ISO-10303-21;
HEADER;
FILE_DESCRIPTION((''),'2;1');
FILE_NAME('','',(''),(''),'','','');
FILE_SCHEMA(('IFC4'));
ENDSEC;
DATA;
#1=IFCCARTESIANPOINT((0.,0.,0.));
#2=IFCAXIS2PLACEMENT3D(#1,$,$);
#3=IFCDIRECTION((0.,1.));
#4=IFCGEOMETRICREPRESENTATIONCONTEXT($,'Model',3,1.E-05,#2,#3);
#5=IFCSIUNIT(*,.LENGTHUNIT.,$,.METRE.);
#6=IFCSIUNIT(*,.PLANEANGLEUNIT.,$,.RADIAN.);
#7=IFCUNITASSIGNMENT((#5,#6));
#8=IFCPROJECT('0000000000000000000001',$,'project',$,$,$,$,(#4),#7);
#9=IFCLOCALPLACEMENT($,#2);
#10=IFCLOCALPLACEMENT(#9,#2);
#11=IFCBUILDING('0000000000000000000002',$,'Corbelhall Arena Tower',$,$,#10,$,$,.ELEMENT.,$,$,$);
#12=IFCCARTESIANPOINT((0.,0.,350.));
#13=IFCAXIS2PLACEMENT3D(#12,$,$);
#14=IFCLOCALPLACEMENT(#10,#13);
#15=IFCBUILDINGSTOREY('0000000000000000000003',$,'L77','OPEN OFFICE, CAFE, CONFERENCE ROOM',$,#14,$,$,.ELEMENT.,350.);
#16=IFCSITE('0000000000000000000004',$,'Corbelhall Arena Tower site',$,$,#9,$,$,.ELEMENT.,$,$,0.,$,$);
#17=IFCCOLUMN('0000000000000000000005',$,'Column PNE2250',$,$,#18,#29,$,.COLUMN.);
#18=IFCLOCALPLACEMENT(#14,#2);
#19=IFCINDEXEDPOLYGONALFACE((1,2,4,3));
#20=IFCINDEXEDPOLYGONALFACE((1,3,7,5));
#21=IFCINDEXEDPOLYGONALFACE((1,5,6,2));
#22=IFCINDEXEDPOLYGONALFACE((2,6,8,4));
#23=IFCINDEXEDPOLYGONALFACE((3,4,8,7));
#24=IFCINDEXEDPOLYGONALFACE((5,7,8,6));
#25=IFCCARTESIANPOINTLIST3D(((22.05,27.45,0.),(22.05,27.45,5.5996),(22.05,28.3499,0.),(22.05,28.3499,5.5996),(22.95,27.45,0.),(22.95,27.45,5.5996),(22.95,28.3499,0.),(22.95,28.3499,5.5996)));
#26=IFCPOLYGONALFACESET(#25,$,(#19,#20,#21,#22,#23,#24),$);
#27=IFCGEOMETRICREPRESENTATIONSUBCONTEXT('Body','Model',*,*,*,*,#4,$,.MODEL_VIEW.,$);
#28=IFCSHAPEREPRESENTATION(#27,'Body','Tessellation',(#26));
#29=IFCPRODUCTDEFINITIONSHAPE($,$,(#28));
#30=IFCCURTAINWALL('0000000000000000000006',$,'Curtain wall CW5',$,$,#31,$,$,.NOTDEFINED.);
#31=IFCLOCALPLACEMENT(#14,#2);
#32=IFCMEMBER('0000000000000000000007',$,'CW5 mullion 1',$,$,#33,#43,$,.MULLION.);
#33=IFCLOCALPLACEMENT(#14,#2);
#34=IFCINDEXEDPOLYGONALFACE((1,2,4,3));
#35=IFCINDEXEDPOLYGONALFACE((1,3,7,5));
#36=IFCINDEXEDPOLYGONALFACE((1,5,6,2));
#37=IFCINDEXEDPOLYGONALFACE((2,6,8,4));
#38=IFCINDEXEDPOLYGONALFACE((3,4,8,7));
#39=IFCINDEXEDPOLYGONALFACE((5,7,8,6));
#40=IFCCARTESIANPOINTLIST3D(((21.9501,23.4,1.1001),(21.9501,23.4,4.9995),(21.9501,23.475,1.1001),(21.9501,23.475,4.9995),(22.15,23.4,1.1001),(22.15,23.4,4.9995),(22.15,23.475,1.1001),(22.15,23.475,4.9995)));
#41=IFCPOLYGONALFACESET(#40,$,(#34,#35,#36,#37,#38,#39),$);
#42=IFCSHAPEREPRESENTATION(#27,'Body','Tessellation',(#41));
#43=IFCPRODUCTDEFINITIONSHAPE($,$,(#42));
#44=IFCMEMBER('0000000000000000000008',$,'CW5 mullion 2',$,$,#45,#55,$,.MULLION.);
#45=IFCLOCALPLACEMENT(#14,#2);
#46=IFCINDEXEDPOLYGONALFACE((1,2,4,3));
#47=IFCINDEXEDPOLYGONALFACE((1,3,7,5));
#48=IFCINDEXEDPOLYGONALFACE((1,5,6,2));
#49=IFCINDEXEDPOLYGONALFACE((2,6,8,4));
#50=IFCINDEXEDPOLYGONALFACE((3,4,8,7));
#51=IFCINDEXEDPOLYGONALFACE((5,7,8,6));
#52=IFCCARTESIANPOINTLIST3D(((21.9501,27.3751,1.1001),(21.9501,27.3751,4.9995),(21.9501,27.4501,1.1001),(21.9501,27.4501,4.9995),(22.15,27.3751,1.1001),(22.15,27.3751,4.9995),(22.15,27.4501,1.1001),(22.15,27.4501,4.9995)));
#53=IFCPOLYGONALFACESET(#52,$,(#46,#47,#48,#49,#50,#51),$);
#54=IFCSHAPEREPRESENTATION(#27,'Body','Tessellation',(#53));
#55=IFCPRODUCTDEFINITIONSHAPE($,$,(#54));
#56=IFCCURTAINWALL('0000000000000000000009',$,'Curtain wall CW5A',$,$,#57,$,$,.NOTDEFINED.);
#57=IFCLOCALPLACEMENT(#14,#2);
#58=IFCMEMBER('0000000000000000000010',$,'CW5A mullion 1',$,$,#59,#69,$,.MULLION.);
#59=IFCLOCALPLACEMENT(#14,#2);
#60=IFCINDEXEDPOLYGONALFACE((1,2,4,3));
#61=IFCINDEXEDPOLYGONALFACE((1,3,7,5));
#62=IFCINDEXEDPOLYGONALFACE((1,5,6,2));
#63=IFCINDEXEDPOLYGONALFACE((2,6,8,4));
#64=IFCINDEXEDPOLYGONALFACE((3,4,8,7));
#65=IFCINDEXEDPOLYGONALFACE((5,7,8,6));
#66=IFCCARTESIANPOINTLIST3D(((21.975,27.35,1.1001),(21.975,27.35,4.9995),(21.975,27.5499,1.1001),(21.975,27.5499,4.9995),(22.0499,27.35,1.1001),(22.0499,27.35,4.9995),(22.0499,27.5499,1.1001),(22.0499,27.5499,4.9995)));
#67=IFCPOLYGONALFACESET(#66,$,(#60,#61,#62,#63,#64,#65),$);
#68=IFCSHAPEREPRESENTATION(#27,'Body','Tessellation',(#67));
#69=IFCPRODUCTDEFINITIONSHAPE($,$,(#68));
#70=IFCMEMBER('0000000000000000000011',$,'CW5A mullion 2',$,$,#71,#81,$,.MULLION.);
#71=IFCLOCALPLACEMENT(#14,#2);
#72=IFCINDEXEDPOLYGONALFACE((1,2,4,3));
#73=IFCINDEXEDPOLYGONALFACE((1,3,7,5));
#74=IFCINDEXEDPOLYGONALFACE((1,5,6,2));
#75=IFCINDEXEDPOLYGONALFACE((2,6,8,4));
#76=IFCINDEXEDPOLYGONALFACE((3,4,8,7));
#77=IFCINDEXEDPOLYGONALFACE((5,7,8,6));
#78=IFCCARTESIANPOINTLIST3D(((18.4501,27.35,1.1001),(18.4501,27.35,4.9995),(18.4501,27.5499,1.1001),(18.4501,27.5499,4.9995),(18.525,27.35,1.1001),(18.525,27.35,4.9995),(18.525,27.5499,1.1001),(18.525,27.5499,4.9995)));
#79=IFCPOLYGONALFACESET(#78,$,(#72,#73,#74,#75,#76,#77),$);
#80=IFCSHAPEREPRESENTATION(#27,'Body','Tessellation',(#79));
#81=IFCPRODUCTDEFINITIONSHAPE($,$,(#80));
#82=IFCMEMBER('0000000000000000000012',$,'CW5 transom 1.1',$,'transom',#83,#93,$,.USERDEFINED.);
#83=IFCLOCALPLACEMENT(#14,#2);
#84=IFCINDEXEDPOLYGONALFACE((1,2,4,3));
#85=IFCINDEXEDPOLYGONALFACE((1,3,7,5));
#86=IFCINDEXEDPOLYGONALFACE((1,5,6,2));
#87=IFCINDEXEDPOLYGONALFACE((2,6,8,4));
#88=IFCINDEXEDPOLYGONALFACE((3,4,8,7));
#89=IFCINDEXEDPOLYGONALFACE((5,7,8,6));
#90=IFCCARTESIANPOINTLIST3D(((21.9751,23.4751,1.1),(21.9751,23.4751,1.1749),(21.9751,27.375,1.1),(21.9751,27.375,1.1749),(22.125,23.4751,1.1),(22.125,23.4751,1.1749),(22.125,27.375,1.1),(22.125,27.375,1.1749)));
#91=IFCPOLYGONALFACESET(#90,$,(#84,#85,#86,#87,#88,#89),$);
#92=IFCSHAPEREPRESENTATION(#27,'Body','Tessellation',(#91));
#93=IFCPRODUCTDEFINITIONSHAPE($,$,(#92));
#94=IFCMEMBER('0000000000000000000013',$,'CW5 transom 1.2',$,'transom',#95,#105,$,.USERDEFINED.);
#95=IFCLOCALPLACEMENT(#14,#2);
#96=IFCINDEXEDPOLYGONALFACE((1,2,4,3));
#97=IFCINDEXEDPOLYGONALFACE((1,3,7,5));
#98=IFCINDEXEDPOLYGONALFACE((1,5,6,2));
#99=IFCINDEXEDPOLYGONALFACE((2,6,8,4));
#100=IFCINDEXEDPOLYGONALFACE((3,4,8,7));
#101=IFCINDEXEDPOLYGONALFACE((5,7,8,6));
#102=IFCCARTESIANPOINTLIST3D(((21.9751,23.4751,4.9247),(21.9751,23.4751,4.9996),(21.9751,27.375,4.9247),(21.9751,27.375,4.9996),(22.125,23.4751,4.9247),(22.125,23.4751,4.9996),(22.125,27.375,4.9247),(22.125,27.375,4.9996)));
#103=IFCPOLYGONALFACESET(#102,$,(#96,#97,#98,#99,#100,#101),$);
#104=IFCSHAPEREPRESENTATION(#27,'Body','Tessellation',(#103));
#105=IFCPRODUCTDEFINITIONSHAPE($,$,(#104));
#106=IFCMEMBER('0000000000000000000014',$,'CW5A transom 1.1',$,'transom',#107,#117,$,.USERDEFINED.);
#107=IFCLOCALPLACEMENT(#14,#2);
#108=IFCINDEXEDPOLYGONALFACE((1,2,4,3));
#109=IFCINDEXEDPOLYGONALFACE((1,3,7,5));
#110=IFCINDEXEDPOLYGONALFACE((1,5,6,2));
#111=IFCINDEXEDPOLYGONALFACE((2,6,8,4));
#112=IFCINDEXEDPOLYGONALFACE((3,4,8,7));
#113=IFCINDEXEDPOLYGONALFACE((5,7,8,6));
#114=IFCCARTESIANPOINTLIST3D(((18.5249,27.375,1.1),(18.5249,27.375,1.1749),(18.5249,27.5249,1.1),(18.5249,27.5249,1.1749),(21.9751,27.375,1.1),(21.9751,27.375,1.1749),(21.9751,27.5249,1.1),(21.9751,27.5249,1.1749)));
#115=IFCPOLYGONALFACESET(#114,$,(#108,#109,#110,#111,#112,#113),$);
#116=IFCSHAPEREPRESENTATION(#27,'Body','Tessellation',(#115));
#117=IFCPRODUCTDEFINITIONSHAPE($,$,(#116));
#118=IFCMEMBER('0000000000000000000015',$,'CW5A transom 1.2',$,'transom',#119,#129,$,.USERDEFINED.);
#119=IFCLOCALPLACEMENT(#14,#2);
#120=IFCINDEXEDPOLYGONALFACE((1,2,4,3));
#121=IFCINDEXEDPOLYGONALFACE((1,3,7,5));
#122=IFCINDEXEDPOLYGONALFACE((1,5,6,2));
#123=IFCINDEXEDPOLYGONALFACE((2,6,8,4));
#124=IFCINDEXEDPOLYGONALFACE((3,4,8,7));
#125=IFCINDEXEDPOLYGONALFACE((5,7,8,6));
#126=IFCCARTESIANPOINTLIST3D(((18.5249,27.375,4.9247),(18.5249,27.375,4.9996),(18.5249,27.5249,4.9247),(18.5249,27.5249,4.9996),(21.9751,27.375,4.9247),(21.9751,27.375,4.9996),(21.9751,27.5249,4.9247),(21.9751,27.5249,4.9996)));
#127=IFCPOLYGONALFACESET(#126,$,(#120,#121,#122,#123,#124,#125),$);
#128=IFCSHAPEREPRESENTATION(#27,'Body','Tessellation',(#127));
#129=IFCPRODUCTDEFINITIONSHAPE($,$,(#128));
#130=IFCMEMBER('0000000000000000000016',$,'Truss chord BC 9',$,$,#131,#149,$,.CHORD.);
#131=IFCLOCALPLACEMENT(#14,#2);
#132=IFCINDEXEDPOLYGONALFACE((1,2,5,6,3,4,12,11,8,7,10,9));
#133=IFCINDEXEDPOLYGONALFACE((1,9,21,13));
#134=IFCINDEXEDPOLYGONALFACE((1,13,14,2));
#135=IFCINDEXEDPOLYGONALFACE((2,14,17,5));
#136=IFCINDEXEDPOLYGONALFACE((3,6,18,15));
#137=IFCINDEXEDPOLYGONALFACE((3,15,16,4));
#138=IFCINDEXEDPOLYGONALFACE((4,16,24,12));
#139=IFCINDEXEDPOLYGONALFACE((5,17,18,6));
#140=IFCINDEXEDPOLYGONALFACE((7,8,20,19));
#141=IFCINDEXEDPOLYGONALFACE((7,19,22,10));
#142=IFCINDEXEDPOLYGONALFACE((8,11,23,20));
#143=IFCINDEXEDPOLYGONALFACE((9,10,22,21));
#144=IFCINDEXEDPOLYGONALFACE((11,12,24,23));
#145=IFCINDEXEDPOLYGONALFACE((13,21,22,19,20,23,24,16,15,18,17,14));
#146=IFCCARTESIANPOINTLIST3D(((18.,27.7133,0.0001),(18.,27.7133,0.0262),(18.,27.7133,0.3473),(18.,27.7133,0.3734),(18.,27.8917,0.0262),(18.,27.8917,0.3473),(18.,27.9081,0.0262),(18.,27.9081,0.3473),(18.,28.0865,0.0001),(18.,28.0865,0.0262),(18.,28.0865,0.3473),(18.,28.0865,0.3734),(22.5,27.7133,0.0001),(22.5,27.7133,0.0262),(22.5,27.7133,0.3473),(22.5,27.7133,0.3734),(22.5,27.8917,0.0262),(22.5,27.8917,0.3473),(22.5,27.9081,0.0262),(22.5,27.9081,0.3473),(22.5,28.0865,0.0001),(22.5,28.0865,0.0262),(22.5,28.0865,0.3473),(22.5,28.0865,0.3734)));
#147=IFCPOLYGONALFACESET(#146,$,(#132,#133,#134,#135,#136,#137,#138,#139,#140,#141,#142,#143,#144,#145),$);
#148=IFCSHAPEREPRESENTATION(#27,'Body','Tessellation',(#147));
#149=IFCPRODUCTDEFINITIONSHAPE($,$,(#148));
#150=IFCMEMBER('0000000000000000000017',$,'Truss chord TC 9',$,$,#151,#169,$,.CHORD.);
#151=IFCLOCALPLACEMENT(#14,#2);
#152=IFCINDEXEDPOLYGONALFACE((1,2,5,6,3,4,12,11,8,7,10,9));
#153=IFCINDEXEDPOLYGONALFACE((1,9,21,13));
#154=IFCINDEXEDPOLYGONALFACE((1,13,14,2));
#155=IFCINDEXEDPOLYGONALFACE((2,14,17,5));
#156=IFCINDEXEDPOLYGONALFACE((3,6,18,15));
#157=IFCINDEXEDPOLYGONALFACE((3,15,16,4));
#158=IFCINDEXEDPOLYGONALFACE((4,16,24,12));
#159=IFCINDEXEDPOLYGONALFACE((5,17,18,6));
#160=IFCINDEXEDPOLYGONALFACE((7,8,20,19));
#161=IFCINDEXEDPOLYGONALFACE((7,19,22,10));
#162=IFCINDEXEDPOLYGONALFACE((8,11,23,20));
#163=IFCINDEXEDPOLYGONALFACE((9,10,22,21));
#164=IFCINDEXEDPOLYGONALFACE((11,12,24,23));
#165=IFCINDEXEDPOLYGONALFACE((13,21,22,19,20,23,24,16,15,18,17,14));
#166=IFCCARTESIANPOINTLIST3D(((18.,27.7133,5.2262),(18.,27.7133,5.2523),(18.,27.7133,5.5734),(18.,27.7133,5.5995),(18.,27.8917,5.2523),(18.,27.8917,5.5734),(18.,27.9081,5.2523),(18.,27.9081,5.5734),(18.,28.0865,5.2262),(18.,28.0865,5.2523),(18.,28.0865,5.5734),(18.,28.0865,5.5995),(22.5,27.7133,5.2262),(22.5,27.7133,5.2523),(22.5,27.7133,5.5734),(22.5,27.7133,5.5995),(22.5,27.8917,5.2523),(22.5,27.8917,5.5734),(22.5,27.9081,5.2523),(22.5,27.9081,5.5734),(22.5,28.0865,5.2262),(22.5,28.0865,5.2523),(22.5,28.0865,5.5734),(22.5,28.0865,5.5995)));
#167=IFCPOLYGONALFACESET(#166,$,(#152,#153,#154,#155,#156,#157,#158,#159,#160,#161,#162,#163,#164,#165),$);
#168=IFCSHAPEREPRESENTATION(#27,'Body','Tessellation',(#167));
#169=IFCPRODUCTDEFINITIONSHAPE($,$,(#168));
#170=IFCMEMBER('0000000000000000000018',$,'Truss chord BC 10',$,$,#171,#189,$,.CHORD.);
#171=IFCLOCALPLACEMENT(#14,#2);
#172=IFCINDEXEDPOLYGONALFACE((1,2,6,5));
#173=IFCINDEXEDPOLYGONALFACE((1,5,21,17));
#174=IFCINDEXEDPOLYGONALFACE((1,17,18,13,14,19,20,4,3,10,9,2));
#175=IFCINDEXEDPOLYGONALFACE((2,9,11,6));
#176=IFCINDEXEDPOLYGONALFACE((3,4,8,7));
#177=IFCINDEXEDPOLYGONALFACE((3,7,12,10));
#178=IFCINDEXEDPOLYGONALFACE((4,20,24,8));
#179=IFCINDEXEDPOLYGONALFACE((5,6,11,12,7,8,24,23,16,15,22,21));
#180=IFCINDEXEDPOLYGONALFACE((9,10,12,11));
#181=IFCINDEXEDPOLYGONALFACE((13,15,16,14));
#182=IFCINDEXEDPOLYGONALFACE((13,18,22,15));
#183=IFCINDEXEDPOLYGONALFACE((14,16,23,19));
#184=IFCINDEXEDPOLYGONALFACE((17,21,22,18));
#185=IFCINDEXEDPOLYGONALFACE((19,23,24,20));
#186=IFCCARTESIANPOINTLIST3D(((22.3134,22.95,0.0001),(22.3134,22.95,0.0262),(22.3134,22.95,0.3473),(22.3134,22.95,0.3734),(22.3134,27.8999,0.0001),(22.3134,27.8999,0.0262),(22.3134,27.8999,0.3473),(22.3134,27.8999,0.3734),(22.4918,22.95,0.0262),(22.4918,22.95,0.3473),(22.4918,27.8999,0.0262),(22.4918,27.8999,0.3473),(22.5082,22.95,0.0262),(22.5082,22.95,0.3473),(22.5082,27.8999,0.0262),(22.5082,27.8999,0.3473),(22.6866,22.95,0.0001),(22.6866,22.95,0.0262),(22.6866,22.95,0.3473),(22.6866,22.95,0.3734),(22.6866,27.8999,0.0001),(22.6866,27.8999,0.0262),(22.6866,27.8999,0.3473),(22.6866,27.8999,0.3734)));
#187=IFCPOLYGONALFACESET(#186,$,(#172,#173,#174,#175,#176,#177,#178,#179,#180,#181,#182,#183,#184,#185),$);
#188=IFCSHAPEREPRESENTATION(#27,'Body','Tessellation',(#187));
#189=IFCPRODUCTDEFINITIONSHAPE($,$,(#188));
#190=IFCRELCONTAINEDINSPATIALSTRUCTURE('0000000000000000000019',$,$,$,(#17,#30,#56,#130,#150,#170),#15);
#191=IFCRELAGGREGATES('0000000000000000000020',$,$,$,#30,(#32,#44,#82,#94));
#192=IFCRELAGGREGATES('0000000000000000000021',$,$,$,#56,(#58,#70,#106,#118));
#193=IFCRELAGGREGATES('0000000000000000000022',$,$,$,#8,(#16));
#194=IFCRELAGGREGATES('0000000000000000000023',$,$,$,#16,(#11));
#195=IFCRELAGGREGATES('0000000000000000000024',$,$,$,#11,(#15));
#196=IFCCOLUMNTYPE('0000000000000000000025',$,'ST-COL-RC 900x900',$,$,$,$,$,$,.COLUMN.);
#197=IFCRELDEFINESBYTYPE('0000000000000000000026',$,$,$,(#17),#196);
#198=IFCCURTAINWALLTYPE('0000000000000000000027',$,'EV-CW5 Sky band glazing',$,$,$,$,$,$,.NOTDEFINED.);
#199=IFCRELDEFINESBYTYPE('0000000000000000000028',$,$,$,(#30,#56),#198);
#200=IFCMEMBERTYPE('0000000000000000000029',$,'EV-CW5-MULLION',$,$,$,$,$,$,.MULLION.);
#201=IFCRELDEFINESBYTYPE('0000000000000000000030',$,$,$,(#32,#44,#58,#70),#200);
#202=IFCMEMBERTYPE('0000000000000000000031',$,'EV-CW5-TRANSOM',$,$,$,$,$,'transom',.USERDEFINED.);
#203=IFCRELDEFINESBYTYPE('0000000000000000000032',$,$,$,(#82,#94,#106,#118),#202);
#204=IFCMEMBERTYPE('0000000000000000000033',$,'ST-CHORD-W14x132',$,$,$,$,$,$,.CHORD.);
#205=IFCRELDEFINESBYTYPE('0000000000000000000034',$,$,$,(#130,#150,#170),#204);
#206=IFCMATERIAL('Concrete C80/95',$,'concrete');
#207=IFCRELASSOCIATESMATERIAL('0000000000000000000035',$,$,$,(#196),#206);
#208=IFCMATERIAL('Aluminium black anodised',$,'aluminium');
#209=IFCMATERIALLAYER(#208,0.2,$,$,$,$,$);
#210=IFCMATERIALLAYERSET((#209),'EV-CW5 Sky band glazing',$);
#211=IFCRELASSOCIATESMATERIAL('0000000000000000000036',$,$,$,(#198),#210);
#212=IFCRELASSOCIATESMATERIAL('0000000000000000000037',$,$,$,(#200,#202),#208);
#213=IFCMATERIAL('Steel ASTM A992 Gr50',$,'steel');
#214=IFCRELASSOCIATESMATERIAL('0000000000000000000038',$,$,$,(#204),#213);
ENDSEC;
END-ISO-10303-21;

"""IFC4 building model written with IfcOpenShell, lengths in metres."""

from ifc_helpers import new_model, si_unit, direction, frame, origin, origin_2d, place, context, subcontext, project, spatial, rectangle, i_section, extrude, material, layer, layer_set, material_profile, profile_set, type_object, element, aggregate, save


model = new_model("IFC4")

# Units and contexts
model_context = context("Model", 3, precision=1e-05, world=origin(), true_north=direction((0.0, 1.0)))
body_context = subcontext(model_context, "Body", "Model", "MODEL_VIEW")
ifc_project = project(units=[si_unit("LENGTHUNIT", "METRE"), si_unit("PLANEANGLEUNIT", "RADIAN")], contexts=[model_context])

# Site, building, storey
site_placement = place(None, origin())
site = spatial("IfcSite", under=ifc_project, at=site_placement, Name="Corbelhall Arena Tower site", CompositionType="ELEMENT", RefElevation=0.0)
building_placement = place(site_placement, origin())
building = spatial("IfcBuilding", under=site, at=building_placement, Name="Corbelhall Arena Tower", CompositionType="ELEMENT")
storey_placement = place(building_placement, frame((0.0, 0.0, 350.0)))
storey = spatial("IfcBuildingStorey", under=building, at=storey_placement, Name="L77", Description="OPEN OFFICE, CAFE, CONFERENCE ROOM", CompositionType="ELEMENT", Elevation=350.0)

# Column
ifc_material_1 = material(Name="Concrete C80/95", Category="concrete")
ifc_material_profile_1 = material_profile(ifc_material_1, rectangle(XDim=0.8999, YDim=0.8999, at=origin_2d()))
ifc_profile_set_1 = profile_set([ifc_material_profile_1], Name="Concrete C80/95")
column_type = type_object("IfcColumnType", Name="ST-COL-RC 900x900", PredefinedType="COLUMN", material=ifc_profile_set_1)
column_placement = place(storey_placement, frame((22.5, 27.8999, 0.0), z_axis=(0.0, 0.0, 1.0), x_axis=(1.0, 0.0, 0.0)))
element("IfcColumn", 1, at=column_placement, inside=storey, type_object=column_type, Name="Column PNE2250", PredefinedType="COLUMN", context=body_context, shape_type="SweptSolid", body=[
    extrude(rectangle(XDim=0.8999, YDim=0.8999, at=origin_2d()), origin(), (0.0, 0.0, 1.0), 5.5996),
])

# Curtain walls, members
ifc_material_2 = material(Name="Aluminium black anodised", Category="aluminium")
ifc_layer_1 = layer(ifc_material_2, 0.2)
ifc_layer_set_1 = layer_set([ifc_layer_1], Name="EV-CW5 Sky band glazing")
curtain_wall_type = type_object("IfcCurtainWallType", Name="EV-CW5 Sky band glazing", PredefinedType="NOTDEFINED", material=ifc_layer_set_1)
curtain_wall_1_placement = place(storey_placement, origin())
curtain_wall_1 = element("IfcCurtainWall", 2, at=curtain_wall_1_placement, inside=storey, type_object=curtain_wall_type, Name="Curtain wall CW5", PredefinedType="NOTDEFINED")
ifc_material_profile_2 = material_profile(ifc_material_2, rectangle(XDim=0.2, YDim=0.075, at=origin_2d()))
ifc_profile_set_2 = profile_set([ifc_material_profile_2], Name="Aluminium black anodised")
member_type_1 = type_object("IfcMemberType", Name="EV-CW5-MULLION", PredefinedType="MULLION", material=ifc_profile_set_2)
member_1_placement = place(storey_placement, frame((22.05, 23.4375, 1.1001), z_axis=(0.0, 0.0, 1.0), x_axis=(-1.0, 0.0, 0.0)))
member_1 = element("IfcMember", 3, at=member_1_placement, type_object=member_type_1, Name="CW5 mullion 1", PredefinedType="MULLION", context=body_context, shape_type="SweptSolid", body=[
    extrude(rectangle(XDim=0.2, YDim=0.075, at=origin_2d()), origin(), (0.0, 0.0, 1.0), 3.8994),
])
member_2_placement = place(storey_placement, frame((22.05, 27.4126, 1.1001), z_axis=(0.0, 0.0, 1.0), x_axis=(-1.0, 0.0, 0.0)))
member_2 = element("IfcMember", 4, at=member_2_placement, type_object=member_type_1, Name="CW5 mullion 2", PredefinedType="MULLION", context=body_context, shape_type="SweptSolid", body=[
    extrude(rectangle(XDim=0.2, YDim=0.075, at=origin_2d()), origin(), (0.0, 0.0, 1.0), 3.8994),
])
curtain_wall_2_placement = place(storey_placement, origin())
curtain_wall_2 = element("IfcCurtainWall", 5, at=curtain_wall_2_placement, inside=storey, type_object=curtain_wall_type, Name="Curtain wall CW5A", PredefinedType="NOTDEFINED")
member_3_placement = place(storey_placement, frame((22.0125, 27.45, 1.1001), z_axis=(0.0, 0.0, 1.0), x_axis=(0.0, -1.0, 0.0)))
member_3 = element("IfcMember", 6, at=member_3_placement, type_object=member_type_1, Name="CW5A mullion 1", PredefinedType="MULLION", context=body_context, shape_type="SweptSolid", body=[
    extrude(rectangle(XDim=0.2, YDim=0.075, at=origin_2d()), origin(), (0.0, 0.0, 1.0), 3.8994),
])
member_4_placement = place(storey_placement, frame((18.4875, 27.45, 1.1001), z_axis=(0.0, 0.0, 1.0), x_axis=(0.0, -1.0, 0.0)))
member_4 = element("IfcMember", 7, at=member_4_placement, type_object=member_type_1, Name="CW5A mullion 2", PredefinedType="MULLION", context=body_context, shape_type="SweptSolid", body=[
    extrude(rectangle(XDim=0.2, YDim=0.075, at=origin_2d()), origin(), (0.0, 0.0, 1.0), 3.8994),
])

# Members
ifc_material_profile_3 = material_profile(ifc_material_2, rectangle(XDim=0.1499, YDim=0.075, at=origin_2d()))
ifc_profile_set_3 = profile_set([ifc_material_profile_3], Name="Aluminium black anodised")
member_type_2 = type_object("IfcMemberType", Name="EV-CW5-TRANSOM", ElementType="transom", PredefinedType="USERDEFINED", material=ifc_profile_set_3)
member_5_placement = place(storey_placement, frame((22.05, 23.4751, 1.1375), z_axis=(0.0, 1.0, 0.0), x_axis=(-1.0, 0.0, 0.0)))
member_5 = element("IfcMember", 8, at=member_5_placement, type_object=member_type_2, Name="CW5 transom 1.1", ObjectType="transom", PredefinedType="USERDEFINED", context=body_context, shape_type="SweptSolid", body=[
    extrude(rectangle(XDim=0.1499, YDim=0.075, at=origin_2d()), origin(), (0.0, 0.0, 1.0), 3.8999),
])
member_6_placement = place(storey_placement, frame((22.05, 23.4751, 4.9622), z_axis=(0.0, 1.0, 0.0), x_axis=(-1.0, 0.0, 0.0)))
member_6 = element("IfcMember", 9, at=member_6_placement, type_object=member_type_2, Name="CW5 transom 1.2", ObjectType="transom", PredefinedType="USERDEFINED", context=body_context, shape_type="SweptSolid", body=[
    extrude(rectangle(XDim=0.1499, YDim=0.075, at=origin_2d()), origin(), (0.0, 0.0, 1.0), 3.8999),
])
member_7_placement = place(storey_placement, frame((21.9751, 27.45, 1.1375), z_axis=(-1.0, 0.0, 0.0), x_axis=(0.0, -1.0, 0.0)))
member_7 = element("IfcMember", 10, at=member_7_placement, type_object=member_type_2, Name="CW5A transom 1.1", ObjectType="transom", PredefinedType="USERDEFINED", context=body_context, shape_type="SweptSolid", body=[
    extrude(rectangle(XDim=0.1499, YDim=0.075, at=origin_2d()), origin(), (0.0, 0.0, 1.0), 3.4502),
])
member_8_placement = place(storey_placement, frame((21.9751, 27.45, 4.9622), z_axis=(-1.0, 0.0, 0.0), x_axis=(0.0, -1.0, 0.0)))
member_8 = element("IfcMember", 11, at=member_8_placement, type_object=member_type_2, Name="CW5A transom 1.2", ObjectType="transom", PredefinedType="USERDEFINED", context=body_context, shape_type="SweptSolid", body=[
    extrude(rectangle(XDim=0.1499, YDim=0.075, at=origin_2d()), origin(), (0.0, 0.0, 1.0), 3.4502),
])

# Members
ifc_material_3 = material(Name="Steel ASTM A992 Gr50", Category="steel")
ifc_material_profile_4 = material_profile(ifc_material_3, i_section(OverallWidth=0.3733, OverallDepth=0.3733, WebThickness=0.0164, FlangeThickness=0.0261, at=origin_2d()))
ifc_profile_set_4 = profile_set([ifc_material_profile_4], Name="Steel ASTM A992 Gr50")
member_type_3 = type_object("IfcMemberType", Name="ST-CHORD-W14x132", PredefinedType="CHORD", material=ifc_profile_set_4)
for number, where, z_axis, x_axis, name in (
    (12, (18.0, 27.8999, 0.1868), (1.0, 0.0, 0.0), (0.0, 1.0, 0.0), "Truss chord BC 9"),
    (13, (18.0, 27.8999, 5.4128), (1.0, 0.0, 0.0), (0.0, 1.0, 0.0), "Truss chord TC 9"),
):
    element("IfcMember", number, at=place(storey_placement, frame(where, z_axis=z_axis, x_axis=x_axis)), inside=storey, type_object=member_type_3, Name=name, PredefinedType="CHORD", context=body_context, shape_type="SweptSolid", body=[
        extrude(i_section(OverallWidth=0.3733, OverallDepth=0.3733, WebThickness=0.0164, FlangeThickness=0.0261, at=origin_2d()), origin(), (0.0, 0.0, 1.0), 4.5),
    ])
for number, where, z_axis, x_axis, name in (
    (14, (22.5, 27.8999, 0.1868), (0.0, -1.0, 0.0), (1.0, 0.0, 0.0), "Truss chord BC 10"),
):
    element("IfcMember", number, at=place(storey_placement, frame(where, z_axis=z_axis, x_axis=x_axis)), inside=storey, type_object=member_type_3, Name=name, PredefinedType="CHORD", context=body_context, shape_type="SweptSolid", body=[
        extrude(i_section(OverallWidth=0.3733, OverallDepth=0.3733, WebThickness=0.0164, FlangeThickness=0.0261, at=origin_2d()), origin(), (0.0, 0.0, 1.0), 4.95),
    ])

aggregate(curtain_wall_1, [member_1, member_2, member_5, member_6])
aggregate(curtain_wall_2, [member_3, member_4, member_7, member_8])

save(model, "model.ifc")
